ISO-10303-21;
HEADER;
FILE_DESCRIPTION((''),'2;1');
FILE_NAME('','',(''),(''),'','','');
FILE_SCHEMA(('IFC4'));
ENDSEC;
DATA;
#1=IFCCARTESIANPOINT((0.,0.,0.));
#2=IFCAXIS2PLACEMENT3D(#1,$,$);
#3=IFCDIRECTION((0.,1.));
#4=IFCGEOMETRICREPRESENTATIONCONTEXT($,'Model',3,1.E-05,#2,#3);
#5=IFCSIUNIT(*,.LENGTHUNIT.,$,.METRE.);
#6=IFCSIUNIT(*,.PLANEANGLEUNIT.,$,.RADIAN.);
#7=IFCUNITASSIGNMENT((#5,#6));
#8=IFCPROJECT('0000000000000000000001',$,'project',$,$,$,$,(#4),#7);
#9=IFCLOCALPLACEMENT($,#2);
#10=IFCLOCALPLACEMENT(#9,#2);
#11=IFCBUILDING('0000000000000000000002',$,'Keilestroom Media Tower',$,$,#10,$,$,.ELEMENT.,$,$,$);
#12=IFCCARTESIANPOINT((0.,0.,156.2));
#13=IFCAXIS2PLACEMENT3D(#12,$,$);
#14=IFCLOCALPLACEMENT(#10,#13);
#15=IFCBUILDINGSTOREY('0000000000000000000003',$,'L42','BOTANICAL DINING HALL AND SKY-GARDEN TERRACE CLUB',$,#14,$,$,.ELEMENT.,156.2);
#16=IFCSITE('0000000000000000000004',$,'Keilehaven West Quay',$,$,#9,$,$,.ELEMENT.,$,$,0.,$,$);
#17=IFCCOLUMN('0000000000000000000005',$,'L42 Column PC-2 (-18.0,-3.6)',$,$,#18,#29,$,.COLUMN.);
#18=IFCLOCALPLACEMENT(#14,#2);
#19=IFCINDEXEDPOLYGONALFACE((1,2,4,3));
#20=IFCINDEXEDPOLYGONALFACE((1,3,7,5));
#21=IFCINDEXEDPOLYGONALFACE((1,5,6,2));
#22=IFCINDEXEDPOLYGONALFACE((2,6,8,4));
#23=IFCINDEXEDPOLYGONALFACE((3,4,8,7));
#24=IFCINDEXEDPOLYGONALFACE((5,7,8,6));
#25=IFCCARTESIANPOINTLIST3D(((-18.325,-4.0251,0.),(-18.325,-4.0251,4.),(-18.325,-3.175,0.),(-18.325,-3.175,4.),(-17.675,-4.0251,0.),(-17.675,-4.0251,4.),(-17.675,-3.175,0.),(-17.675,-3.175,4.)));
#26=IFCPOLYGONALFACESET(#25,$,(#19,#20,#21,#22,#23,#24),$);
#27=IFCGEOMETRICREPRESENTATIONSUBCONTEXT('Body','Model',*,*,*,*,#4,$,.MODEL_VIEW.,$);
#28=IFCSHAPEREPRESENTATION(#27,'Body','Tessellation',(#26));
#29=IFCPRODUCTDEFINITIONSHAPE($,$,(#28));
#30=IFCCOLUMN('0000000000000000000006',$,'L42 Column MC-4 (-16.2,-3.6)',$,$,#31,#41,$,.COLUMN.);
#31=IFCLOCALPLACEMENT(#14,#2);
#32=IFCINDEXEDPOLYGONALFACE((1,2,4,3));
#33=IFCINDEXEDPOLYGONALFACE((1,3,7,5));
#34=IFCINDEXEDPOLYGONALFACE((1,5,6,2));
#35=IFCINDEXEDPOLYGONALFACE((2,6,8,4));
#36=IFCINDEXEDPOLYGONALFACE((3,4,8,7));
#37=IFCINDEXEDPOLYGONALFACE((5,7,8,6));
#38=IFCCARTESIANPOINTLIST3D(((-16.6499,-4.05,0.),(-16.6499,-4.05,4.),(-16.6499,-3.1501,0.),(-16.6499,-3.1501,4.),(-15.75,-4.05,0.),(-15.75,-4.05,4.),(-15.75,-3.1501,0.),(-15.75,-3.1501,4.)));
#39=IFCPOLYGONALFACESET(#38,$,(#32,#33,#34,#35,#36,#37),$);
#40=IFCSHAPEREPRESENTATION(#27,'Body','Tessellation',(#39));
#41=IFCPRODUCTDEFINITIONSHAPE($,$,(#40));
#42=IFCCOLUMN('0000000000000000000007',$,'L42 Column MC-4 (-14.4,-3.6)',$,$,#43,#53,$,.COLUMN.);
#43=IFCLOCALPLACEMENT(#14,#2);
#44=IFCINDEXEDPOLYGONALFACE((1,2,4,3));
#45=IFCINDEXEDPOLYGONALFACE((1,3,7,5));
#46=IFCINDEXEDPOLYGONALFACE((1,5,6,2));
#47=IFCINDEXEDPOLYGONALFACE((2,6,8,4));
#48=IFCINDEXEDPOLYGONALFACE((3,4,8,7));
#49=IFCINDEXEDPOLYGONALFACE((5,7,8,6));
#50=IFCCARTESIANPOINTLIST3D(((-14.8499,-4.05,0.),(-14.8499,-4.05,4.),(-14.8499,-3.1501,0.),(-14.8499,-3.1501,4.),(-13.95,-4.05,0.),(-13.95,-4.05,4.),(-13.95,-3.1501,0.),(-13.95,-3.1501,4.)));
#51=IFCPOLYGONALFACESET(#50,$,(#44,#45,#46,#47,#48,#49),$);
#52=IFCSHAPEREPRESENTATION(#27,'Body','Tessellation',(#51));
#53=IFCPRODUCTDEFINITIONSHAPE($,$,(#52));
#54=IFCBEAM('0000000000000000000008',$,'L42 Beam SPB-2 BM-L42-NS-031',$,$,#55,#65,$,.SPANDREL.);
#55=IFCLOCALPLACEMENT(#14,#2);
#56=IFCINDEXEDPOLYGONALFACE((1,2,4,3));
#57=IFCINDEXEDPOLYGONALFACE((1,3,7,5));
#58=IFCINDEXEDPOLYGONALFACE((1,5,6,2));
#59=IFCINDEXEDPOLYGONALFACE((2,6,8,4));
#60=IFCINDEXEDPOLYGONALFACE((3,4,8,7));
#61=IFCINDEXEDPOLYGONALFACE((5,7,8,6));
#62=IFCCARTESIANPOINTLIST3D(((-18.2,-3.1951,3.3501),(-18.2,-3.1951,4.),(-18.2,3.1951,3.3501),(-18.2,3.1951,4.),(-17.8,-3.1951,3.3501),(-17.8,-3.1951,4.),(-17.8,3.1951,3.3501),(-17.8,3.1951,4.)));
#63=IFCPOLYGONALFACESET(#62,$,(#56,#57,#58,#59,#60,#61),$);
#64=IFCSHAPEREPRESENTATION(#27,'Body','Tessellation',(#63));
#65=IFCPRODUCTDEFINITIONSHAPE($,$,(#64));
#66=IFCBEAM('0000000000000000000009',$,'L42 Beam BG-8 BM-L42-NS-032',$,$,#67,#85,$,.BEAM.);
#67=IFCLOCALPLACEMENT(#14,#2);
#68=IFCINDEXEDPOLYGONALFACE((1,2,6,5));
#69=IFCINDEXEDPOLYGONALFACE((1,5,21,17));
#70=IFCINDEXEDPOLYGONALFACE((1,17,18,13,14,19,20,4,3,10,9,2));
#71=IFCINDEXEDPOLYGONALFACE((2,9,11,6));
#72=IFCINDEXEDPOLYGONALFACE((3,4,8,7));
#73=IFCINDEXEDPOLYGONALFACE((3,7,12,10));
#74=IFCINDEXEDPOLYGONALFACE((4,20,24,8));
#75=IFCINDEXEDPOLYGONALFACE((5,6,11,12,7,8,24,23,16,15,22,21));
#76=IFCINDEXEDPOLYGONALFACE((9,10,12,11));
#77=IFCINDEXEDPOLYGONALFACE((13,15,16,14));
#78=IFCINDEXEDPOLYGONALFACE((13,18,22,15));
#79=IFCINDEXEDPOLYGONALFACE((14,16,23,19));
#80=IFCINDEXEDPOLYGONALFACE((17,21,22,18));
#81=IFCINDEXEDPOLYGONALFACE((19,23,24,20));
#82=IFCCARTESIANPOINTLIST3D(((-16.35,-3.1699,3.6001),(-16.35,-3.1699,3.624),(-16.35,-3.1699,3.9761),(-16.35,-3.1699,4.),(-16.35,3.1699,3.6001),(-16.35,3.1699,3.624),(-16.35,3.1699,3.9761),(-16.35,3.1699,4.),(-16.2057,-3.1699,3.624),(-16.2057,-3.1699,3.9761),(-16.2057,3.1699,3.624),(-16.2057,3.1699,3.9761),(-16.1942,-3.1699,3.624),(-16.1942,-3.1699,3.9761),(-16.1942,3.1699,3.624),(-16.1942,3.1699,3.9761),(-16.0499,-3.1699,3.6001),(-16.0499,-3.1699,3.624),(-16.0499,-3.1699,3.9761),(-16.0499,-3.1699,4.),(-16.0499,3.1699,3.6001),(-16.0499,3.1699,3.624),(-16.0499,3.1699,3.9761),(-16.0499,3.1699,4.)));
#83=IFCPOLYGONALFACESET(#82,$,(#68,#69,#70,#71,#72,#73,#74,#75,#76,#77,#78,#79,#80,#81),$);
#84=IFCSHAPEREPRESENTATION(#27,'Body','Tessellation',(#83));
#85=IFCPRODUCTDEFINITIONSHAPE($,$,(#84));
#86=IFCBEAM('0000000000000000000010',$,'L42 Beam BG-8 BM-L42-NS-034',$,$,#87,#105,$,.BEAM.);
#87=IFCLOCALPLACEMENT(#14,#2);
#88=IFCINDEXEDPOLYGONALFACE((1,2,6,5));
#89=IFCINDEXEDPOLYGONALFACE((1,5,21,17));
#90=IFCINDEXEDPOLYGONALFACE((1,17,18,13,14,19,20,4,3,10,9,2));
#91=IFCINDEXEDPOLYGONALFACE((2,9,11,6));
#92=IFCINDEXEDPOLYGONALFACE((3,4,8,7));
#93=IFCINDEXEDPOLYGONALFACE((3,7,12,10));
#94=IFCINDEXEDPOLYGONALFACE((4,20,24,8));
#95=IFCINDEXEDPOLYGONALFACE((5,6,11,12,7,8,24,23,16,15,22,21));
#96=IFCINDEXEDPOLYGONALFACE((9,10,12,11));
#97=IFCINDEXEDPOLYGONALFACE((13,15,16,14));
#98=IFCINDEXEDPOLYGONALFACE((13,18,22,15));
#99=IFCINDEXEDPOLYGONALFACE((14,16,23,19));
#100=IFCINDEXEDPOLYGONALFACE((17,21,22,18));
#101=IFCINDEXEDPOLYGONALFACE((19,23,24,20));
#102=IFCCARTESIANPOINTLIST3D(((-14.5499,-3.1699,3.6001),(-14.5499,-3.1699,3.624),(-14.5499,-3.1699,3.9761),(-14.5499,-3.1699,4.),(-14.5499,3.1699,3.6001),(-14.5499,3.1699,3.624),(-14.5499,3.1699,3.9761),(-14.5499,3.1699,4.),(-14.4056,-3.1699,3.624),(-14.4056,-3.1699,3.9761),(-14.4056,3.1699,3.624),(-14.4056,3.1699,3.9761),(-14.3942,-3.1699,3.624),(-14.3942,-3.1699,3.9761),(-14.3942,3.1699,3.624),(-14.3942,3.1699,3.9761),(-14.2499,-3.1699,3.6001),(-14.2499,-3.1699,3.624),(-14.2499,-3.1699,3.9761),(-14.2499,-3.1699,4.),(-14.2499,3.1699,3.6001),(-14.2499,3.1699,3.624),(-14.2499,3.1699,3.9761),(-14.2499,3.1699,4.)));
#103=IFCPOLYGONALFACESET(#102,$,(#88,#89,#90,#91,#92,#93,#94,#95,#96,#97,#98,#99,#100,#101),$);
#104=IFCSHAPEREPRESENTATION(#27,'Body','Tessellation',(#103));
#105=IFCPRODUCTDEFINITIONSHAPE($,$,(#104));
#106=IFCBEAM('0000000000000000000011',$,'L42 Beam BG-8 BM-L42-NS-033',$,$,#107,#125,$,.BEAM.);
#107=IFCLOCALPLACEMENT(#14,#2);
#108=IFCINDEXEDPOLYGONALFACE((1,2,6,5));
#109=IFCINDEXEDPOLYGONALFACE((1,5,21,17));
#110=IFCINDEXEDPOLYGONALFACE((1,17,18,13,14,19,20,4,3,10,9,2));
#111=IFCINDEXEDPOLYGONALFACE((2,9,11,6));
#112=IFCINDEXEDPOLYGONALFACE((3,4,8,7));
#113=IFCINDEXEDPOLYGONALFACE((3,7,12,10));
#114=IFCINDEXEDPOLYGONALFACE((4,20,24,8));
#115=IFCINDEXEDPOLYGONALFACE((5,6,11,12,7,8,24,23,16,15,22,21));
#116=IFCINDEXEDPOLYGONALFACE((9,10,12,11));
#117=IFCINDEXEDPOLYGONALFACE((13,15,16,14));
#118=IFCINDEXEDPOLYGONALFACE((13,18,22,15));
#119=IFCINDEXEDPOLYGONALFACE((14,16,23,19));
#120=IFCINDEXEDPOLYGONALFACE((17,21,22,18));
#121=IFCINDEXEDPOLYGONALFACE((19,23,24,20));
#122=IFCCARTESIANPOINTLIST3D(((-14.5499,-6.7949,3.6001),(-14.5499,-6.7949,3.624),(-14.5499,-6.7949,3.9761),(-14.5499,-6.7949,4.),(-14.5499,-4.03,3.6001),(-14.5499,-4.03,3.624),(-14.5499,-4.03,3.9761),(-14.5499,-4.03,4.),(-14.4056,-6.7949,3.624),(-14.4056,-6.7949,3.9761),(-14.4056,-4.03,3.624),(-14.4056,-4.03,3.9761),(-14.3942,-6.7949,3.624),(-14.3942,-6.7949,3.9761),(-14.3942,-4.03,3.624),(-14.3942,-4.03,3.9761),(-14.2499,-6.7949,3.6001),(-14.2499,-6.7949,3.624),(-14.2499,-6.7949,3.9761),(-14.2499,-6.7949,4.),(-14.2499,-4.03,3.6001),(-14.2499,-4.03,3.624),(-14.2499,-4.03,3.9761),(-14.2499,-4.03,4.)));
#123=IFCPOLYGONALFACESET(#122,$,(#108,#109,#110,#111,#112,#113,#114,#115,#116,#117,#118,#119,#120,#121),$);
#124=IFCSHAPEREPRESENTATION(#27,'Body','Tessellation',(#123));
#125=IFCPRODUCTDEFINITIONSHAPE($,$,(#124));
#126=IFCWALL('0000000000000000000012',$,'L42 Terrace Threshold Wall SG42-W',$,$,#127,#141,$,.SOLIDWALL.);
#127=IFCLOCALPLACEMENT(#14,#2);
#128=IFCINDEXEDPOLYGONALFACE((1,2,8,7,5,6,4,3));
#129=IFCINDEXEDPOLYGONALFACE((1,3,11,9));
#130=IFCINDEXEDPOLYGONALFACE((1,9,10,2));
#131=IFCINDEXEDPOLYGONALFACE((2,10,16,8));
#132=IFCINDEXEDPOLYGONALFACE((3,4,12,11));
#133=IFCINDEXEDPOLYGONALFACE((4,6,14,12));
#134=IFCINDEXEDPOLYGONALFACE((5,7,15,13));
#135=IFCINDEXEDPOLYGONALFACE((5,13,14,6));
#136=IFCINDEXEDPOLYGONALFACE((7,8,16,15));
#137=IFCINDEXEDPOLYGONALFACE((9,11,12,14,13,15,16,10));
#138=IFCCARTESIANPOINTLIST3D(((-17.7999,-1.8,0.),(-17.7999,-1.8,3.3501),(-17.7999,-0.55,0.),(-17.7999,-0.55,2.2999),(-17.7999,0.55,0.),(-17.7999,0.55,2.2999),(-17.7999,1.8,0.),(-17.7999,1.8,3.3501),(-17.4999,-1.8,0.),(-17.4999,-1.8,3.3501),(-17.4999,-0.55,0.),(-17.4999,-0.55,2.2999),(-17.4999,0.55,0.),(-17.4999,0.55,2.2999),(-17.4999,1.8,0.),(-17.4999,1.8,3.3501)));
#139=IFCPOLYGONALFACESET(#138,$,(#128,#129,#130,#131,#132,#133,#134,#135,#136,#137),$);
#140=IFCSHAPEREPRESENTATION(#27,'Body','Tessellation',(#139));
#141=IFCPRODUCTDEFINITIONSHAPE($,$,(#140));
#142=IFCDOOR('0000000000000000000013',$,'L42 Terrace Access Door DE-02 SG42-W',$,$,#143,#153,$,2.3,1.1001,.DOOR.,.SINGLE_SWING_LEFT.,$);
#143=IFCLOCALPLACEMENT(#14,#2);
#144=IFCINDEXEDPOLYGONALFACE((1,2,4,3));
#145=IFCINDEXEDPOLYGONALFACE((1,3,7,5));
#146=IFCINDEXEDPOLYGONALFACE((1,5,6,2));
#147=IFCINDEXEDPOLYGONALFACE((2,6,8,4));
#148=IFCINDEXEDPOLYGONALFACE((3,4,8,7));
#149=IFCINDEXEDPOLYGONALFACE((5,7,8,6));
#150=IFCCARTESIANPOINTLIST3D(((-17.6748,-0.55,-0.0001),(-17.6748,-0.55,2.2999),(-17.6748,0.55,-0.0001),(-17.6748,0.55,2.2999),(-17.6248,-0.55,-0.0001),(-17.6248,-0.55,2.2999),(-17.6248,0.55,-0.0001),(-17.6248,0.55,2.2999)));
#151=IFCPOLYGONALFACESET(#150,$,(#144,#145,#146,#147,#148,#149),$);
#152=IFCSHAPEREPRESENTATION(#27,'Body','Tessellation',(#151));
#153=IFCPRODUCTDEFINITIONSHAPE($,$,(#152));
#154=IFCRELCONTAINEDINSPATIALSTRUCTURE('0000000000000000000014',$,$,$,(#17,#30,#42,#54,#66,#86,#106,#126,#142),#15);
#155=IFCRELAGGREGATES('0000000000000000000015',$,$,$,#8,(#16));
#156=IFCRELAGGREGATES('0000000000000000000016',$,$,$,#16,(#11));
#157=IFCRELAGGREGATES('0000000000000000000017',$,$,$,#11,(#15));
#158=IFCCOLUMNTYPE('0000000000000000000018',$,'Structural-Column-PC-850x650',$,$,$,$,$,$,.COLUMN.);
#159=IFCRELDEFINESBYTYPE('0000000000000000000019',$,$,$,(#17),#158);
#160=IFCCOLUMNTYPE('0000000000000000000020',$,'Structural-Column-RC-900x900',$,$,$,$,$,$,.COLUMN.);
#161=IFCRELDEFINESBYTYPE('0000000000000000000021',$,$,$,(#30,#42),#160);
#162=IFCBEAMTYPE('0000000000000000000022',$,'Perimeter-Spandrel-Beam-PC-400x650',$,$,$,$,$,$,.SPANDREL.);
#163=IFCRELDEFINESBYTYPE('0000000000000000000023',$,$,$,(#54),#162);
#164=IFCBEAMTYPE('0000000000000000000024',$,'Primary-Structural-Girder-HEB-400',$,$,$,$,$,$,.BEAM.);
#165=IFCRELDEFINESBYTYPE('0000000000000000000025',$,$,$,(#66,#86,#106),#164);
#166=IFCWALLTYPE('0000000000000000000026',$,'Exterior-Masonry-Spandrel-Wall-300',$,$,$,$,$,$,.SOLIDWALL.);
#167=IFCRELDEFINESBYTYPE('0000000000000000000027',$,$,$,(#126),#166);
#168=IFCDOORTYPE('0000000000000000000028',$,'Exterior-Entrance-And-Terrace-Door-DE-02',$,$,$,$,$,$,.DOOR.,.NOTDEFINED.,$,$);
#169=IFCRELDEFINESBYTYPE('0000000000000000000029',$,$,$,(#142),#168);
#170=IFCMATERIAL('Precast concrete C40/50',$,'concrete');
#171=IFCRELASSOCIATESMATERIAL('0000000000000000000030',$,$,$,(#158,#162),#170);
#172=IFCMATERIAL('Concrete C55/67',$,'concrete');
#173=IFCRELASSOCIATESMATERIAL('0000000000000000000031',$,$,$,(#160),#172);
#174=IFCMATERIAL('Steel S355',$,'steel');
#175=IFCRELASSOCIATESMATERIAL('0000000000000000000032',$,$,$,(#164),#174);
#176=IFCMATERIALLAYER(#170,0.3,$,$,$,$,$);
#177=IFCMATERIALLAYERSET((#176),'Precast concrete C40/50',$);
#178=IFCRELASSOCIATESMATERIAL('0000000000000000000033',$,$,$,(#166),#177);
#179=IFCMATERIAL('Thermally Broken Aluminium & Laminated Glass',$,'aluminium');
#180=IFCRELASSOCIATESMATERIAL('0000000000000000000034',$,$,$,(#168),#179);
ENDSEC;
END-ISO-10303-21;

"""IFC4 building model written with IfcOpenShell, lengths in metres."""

from ifc_helpers import new_model, si_unit, direction, frame, frame_2d, origin, origin_2d, place, context, subcontext, project, spatial, rectangle, i_section, extrude, source, transform, mapped, material, layer, layer_set, material_profile, profile_set, type_object, element, fill, save


model = new_model("IFC4")

# Units and contexts
model_context = context("Model", 3, precision=1e-05, world=origin(), true_north=direction((0.0, 1.0)))
body_context = subcontext(model_context, "Body", "Model", "MODEL_VIEW")
ifc_project = project(units=[si_unit("LENGTHUNIT", "METRE"), si_unit("PLANEANGLEUNIT", "RADIAN")], contexts=[model_context])

# Site, building, storey
site_placement = place(None, origin())
site = spatial("IfcSite", under=ifc_project, at=site_placement, Name="Keilehaven West Quay", CompositionType="ELEMENT", RefElevation=0.0)
building_placement = place(site_placement, origin())
building = spatial("IfcBuilding", under=site, at=building_placement, Name="Keilestroom Media Tower", CompositionType="ELEMENT")
storey_placement = place(building_placement, frame((0.0, 0.0, 156.2)))
storey = spatial("IfcBuildingStorey", under=building, at=storey_placement, Name="L42", Description="BOTANICAL DINING HALL AND SKY-GARDEN TERRACE CLUB", CompositionType="ELEMENT", Elevation=156.2)

# Columns
ifc_material_1 = material(Name="Precast concrete C40/50", Category="concrete")
ifc_material_profile_1 = material_profile(ifc_material_1, rectangle(XDim=0.6499, YDim=0.8501, at=origin_2d()), Name="PC 850x650")
ifc_profile_set_1 = profile_set([ifc_material_profile_1], Name="Precast concrete C40/50")
column_type_1 = type_object("IfcColumnType", Name="Structural-Column-PC-850x650", PredefinedType="COLUMN", material=ifc_profile_set_1)
shared_shape_1 = source(origin(), body_context, "Body", "SweptSolid", [
    extrude(rectangle(XDim=0.6499, YDim=0.8501, at=origin_2d()), origin(), (0.0, 0.0, 1.0), 4.0),
])
column_placement = place(storey_placement, frame((-18.0, -3.6001, 0.0), z_axis=(0.0, 0.0, 1.0), x_axis=(1.0, 0.0, 0.0)))
element("IfcColumn", 1, at=column_placement, inside=storey, type_object=column_type_1, Name="L42 Column PC-2 (-18.0,-3.6)", PredefinedType="COLUMN", context=body_context, shape_type="MappedRepresentation", body=[
    mapped(shared_shape_1, transform((0.0, 0.0, 0.0), x_axis=(1.0, 0.0, 0.0), y_axis=(0.0, 1.0, 0.0), z_axis=(0.0, 0.0, 1.0), scale=1.0)),
])
ifc_material_2 = material(Name="Concrete C55/67", Category="concrete")
ifc_material_profile_2 = material_profile(ifc_material_2, rectangle(XDim=0.8999, YDim=0.8999, at=origin_2d()), Name="RC 900x900")
ifc_profile_set_2 = profile_set([ifc_material_profile_2], Name="Concrete C55/67")
column_type_2 = type_object("IfcColumnType", Name="Structural-Column-RC-900x900", PredefinedType="COLUMN", material=ifc_profile_set_2)
shared_shape_2 = source(origin(), body_context, "Body", "SweptSolid", [
    extrude(rectangle(XDim=0.8999, YDim=0.8999, at=origin_2d()), origin(), (0.0, 0.0, 1.0), 4.0),
])
for number, where, z_axis, x_axis, name in (
    (2, (-16.2, -3.6001, 0.0), (0.0, 0.0, 1.0), (1.0, 0.0, 0.0), "L42 Column MC-4 (-16.2,-3.6)"),
    (3, (-14.3999, -3.6001, 0.0), (0.0, 0.0, 1.0), (1.0, 0.0, 0.0), "L42 Column MC-4 (-14.4,-3.6)"),
):
    element("IfcColumn", number, at=place(storey_placement, frame(where, z_axis=z_axis, x_axis=x_axis)), inside=storey, type_object=column_type_2, Name=name, PredefinedType="COLUMN", context=body_context, shape_type="MappedRepresentation", body=[
        mapped(shared_shape_2, transform((0.0, 0.0, 0.0), x_axis=(1.0, 0.0, 0.0), y_axis=(0.0, 1.0, 0.0), z_axis=(0.0, 0.0, 1.0), scale=1.0)),
    ])

# Beams
ifc_material_profile_3 = material_profile(ifc_material_1, rectangle(XDim=0.3999, YDim=0.6499, at=origin_2d()), Name="PC 400x650")
ifc_profile_set_3 = profile_set([ifc_material_profile_3], Name="Precast concrete C40/50")
beam_type_1 = type_object("IfcBeamType", Name="Perimeter-Spandrel-Beam-PC-400x650", PredefinedType="SPANDREL", material=ifc_profile_set_3)
shared_shape_3 = source(origin(), body_context, "Body", "SweptSolid", [
    extrude(rectangle(XDim=0.3999, YDim=0.6499, at=origin_2d()), origin(), (0.0, 0.0, 1.0), 6.3901),
])
beam_1_placement = place(storey_placement, frame((-18.0, -3.1951, 3.675), z_axis=(0.0, 1.0, 0.0), x_axis=(-1.0, 0.0, 0.0)))
element("IfcBeam", 4, at=beam_1_placement, inside=storey, type_object=beam_type_1, Name="L42 Beam SPB-2 BM-L42-NS-031", PredefinedType="SPANDREL", context=body_context, shape_type="MappedRepresentation", body=[
    mapped(shared_shape_3, transform((0.0, 0.0, 0.0), x_axis=(1.0, 0.0, 0.0), y_axis=(0.0, 1.0, 0.0), z_axis=(0.0, 0.0, 1.0), scale=1.0)),
])
ifc_material_3 = material(Name="Steel S355", Category="steel")
ifc_material_profile_4 = material_profile(ifc_material_3, i_section(OverallWidth=0.3, OverallDepth=0.3999, WebThickness=0.0115, FlangeThickness=0.0239, at=origin_2d()), Name="HEB 400")
ifc_profile_set_4 = profile_set([ifc_material_profile_4], Name="Steel S355")
beam_type_2 = type_object("IfcBeamType", Name="Primary-Structural-Girder-HEB-400", PredefinedType="BEAM", material=ifc_profile_set_4)
shared_shape_4 = source(origin(), body_context, "Body", "SweptSolid", [
    extrude(i_section(OverallWidth=0.3, OverallDepth=0.3999, WebThickness=0.0115, FlangeThickness=0.0239, at=origin_2d()), origin(), (0.0, 0.0, 1.0), 6.3398),
])
for number, where, z_axis, x_axis, name in (
    (5, (-16.2, -3.1699, 3.8), (0.0, 1.0, 0.0), (-1.0, 0.0, 0.0), "L42 Beam BG-8 BM-L42-NS-032"),
    (6, (-14.3999, -3.1699, 3.8), (0.0, 1.0, 0.0), (-1.0, 0.0, 0.0), "L42 Beam BG-8 BM-L42-NS-034"),
):
    element("IfcBeam", number, at=place(storey_placement, frame(where, z_axis=z_axis, x_axis=x_axis)), inside=storey, type_object=beam_type_2, Name=name, PredefinedType="BEAM", context=body_context, shape_type="MappedRepresentation", body=[
        mapped(shared_shape_4, transform((0.0, 0.0, 0.0), x_axis=(1.0, 0.0, 0.0), y_axis=(0.0, 1.0, 0.0), z_axis=(0.0, 0.0, 1.0), scale=1.0)),
    ])
shared_shape_5 = source(origin(), body_context, "Body", "SweptSolid", [
    extrude(i_section(OverallWidth=0.3, OverallDepth=0.3999, WebThickness=0.0115, FlangeThickness=0.0239, at=origin_2d()), origin(), (0.0, 0.0, 1.0), 2.7649),
])
beam_2_placement = place(storey_placement, frame((-14.3999, -6.7949, 3.8), z_axis=(0.0, 1.0, 0.0), x_axis=(-1.0, 0.0, 0.0)))
element("IfcBeam", 7, at=beam_2_placement, inside=storey, type_object=beam_type_2, Name="L42 Beam BG-8 BM-L42-NS-033", PredefinedType="BEAM", context=body_context, shape_type="MappedRepresentation", body=[
    mapped(shared_shape_5, transform((0.0, 0.0, 0.0), x_axis=(1.0, 0.0, 0.0), y_axis=(0.0, 1.0, 0.0), z_axis=(0.0, 0.0, 1.0), scale=1.0)),
])

# Wall, opening, door
ifc_layer_1 = layer(ifc_material_1, 0.3)
ifc_layer_set_1 = layer_set([ifc_layer_1], Name="Precast concrete C40/50")
wall_type_1 = type_object("IfcWallType", Name="Exterior-Masonry-Spandrel-Wall-300", PredefinedType="SOLIDWALL", material=ifc_layer_set_1)
wall_1_placement = place(storey_placement, frame((-17.6499, -1.8, 0.0), z_axis=(0.0, 0.0, 1.0), x_axis=(0.0, 1.0, 0.0)))
wall_1 = element("IfcWall", 8, at=wall_1_placement, inside=storey, type_object=wall_type_1, Name="L42 Terrace Threshold Wall SG42-W", PredefinedType="SOLIDWALL", context=body_context, shape_type="SweptSolid", body=[
    extrude(rectangle(XDim=3.6001, YDim=0.3, at=frame_2d((1.8, 0.0))), origin(), (0.0, 0.0, 1.0), 3.3501),
])
opening_1_placement = place(wall_1_placement, frame((1.25, 0.0, 0.0)))
opening_1 = element("IfcOpeningElement", 9, at=opening_1_placement, cuts=wall_1, PredefinedType="OPENING", context=body_context, shape_type="SweptSolid", body=[
    extrude(rectangle(XDim=1.1001, YDim=2.3, at=frame_2d((0.55, 1.1499))), frame((0.0, 0.1602, 0.0), z_axis=(0.0, -1.0, 0.0), x_axis=(1.0, 0.0, 0.0)), (0.0, 0.0, 1.0), 0.3201),
])
ifc_material_4 = material(Name="Thermally Broken Aluminium & Laminated Glass", Category="aluminium")
door_type_1 = type_object("IfcDoorType", Name="Exterior-Entrance-And-Terrace-Door-DE-02", OperationType="NOTDEFINED", PredefinedType="DOOR", material=ifc_material_4)
shared_shape_6 = source(origin(), body_context, "Body", "SweptSolid", [
    extrude(rectangle(XDim=1.1001, YDim=2.3, at=frame_2d((0.55, 1.1499))), frame((0.0, 0.0249, 0.0), z_axis=(0.0, -1.0, 0.0), x_axis=(1.0, 0.0, 0.0)), (0.0, 0.0, 1.0), 0.05),
])
door_1_placement = place(opening_1_placement, origin())
door_1 = element("IfcDoor", 10, at=door_1_placement, inside=storey, type_object=door_type_1, Name="L42 Terrace Access Door DE-02 SG42-W", OperationType="SINGLE_SWING_LEFT", OverallHeight=2.3, OverallWidth=1.1001, PredefinedType="DOOR", context=body_context, shape_type="MappedRepresentation", body=[
    mapped(shared_shape_6, transform((0.0, 0.0, 0.0), x_axis=(1.0, 0.0, 0.0), y_axis=(0.0, 1.0, 0.0), z_axis=(0.0, 0.0, 1.0), scale=1.0)),
])
fill(opening_1, door_1)

save(model, "model.ifc")
